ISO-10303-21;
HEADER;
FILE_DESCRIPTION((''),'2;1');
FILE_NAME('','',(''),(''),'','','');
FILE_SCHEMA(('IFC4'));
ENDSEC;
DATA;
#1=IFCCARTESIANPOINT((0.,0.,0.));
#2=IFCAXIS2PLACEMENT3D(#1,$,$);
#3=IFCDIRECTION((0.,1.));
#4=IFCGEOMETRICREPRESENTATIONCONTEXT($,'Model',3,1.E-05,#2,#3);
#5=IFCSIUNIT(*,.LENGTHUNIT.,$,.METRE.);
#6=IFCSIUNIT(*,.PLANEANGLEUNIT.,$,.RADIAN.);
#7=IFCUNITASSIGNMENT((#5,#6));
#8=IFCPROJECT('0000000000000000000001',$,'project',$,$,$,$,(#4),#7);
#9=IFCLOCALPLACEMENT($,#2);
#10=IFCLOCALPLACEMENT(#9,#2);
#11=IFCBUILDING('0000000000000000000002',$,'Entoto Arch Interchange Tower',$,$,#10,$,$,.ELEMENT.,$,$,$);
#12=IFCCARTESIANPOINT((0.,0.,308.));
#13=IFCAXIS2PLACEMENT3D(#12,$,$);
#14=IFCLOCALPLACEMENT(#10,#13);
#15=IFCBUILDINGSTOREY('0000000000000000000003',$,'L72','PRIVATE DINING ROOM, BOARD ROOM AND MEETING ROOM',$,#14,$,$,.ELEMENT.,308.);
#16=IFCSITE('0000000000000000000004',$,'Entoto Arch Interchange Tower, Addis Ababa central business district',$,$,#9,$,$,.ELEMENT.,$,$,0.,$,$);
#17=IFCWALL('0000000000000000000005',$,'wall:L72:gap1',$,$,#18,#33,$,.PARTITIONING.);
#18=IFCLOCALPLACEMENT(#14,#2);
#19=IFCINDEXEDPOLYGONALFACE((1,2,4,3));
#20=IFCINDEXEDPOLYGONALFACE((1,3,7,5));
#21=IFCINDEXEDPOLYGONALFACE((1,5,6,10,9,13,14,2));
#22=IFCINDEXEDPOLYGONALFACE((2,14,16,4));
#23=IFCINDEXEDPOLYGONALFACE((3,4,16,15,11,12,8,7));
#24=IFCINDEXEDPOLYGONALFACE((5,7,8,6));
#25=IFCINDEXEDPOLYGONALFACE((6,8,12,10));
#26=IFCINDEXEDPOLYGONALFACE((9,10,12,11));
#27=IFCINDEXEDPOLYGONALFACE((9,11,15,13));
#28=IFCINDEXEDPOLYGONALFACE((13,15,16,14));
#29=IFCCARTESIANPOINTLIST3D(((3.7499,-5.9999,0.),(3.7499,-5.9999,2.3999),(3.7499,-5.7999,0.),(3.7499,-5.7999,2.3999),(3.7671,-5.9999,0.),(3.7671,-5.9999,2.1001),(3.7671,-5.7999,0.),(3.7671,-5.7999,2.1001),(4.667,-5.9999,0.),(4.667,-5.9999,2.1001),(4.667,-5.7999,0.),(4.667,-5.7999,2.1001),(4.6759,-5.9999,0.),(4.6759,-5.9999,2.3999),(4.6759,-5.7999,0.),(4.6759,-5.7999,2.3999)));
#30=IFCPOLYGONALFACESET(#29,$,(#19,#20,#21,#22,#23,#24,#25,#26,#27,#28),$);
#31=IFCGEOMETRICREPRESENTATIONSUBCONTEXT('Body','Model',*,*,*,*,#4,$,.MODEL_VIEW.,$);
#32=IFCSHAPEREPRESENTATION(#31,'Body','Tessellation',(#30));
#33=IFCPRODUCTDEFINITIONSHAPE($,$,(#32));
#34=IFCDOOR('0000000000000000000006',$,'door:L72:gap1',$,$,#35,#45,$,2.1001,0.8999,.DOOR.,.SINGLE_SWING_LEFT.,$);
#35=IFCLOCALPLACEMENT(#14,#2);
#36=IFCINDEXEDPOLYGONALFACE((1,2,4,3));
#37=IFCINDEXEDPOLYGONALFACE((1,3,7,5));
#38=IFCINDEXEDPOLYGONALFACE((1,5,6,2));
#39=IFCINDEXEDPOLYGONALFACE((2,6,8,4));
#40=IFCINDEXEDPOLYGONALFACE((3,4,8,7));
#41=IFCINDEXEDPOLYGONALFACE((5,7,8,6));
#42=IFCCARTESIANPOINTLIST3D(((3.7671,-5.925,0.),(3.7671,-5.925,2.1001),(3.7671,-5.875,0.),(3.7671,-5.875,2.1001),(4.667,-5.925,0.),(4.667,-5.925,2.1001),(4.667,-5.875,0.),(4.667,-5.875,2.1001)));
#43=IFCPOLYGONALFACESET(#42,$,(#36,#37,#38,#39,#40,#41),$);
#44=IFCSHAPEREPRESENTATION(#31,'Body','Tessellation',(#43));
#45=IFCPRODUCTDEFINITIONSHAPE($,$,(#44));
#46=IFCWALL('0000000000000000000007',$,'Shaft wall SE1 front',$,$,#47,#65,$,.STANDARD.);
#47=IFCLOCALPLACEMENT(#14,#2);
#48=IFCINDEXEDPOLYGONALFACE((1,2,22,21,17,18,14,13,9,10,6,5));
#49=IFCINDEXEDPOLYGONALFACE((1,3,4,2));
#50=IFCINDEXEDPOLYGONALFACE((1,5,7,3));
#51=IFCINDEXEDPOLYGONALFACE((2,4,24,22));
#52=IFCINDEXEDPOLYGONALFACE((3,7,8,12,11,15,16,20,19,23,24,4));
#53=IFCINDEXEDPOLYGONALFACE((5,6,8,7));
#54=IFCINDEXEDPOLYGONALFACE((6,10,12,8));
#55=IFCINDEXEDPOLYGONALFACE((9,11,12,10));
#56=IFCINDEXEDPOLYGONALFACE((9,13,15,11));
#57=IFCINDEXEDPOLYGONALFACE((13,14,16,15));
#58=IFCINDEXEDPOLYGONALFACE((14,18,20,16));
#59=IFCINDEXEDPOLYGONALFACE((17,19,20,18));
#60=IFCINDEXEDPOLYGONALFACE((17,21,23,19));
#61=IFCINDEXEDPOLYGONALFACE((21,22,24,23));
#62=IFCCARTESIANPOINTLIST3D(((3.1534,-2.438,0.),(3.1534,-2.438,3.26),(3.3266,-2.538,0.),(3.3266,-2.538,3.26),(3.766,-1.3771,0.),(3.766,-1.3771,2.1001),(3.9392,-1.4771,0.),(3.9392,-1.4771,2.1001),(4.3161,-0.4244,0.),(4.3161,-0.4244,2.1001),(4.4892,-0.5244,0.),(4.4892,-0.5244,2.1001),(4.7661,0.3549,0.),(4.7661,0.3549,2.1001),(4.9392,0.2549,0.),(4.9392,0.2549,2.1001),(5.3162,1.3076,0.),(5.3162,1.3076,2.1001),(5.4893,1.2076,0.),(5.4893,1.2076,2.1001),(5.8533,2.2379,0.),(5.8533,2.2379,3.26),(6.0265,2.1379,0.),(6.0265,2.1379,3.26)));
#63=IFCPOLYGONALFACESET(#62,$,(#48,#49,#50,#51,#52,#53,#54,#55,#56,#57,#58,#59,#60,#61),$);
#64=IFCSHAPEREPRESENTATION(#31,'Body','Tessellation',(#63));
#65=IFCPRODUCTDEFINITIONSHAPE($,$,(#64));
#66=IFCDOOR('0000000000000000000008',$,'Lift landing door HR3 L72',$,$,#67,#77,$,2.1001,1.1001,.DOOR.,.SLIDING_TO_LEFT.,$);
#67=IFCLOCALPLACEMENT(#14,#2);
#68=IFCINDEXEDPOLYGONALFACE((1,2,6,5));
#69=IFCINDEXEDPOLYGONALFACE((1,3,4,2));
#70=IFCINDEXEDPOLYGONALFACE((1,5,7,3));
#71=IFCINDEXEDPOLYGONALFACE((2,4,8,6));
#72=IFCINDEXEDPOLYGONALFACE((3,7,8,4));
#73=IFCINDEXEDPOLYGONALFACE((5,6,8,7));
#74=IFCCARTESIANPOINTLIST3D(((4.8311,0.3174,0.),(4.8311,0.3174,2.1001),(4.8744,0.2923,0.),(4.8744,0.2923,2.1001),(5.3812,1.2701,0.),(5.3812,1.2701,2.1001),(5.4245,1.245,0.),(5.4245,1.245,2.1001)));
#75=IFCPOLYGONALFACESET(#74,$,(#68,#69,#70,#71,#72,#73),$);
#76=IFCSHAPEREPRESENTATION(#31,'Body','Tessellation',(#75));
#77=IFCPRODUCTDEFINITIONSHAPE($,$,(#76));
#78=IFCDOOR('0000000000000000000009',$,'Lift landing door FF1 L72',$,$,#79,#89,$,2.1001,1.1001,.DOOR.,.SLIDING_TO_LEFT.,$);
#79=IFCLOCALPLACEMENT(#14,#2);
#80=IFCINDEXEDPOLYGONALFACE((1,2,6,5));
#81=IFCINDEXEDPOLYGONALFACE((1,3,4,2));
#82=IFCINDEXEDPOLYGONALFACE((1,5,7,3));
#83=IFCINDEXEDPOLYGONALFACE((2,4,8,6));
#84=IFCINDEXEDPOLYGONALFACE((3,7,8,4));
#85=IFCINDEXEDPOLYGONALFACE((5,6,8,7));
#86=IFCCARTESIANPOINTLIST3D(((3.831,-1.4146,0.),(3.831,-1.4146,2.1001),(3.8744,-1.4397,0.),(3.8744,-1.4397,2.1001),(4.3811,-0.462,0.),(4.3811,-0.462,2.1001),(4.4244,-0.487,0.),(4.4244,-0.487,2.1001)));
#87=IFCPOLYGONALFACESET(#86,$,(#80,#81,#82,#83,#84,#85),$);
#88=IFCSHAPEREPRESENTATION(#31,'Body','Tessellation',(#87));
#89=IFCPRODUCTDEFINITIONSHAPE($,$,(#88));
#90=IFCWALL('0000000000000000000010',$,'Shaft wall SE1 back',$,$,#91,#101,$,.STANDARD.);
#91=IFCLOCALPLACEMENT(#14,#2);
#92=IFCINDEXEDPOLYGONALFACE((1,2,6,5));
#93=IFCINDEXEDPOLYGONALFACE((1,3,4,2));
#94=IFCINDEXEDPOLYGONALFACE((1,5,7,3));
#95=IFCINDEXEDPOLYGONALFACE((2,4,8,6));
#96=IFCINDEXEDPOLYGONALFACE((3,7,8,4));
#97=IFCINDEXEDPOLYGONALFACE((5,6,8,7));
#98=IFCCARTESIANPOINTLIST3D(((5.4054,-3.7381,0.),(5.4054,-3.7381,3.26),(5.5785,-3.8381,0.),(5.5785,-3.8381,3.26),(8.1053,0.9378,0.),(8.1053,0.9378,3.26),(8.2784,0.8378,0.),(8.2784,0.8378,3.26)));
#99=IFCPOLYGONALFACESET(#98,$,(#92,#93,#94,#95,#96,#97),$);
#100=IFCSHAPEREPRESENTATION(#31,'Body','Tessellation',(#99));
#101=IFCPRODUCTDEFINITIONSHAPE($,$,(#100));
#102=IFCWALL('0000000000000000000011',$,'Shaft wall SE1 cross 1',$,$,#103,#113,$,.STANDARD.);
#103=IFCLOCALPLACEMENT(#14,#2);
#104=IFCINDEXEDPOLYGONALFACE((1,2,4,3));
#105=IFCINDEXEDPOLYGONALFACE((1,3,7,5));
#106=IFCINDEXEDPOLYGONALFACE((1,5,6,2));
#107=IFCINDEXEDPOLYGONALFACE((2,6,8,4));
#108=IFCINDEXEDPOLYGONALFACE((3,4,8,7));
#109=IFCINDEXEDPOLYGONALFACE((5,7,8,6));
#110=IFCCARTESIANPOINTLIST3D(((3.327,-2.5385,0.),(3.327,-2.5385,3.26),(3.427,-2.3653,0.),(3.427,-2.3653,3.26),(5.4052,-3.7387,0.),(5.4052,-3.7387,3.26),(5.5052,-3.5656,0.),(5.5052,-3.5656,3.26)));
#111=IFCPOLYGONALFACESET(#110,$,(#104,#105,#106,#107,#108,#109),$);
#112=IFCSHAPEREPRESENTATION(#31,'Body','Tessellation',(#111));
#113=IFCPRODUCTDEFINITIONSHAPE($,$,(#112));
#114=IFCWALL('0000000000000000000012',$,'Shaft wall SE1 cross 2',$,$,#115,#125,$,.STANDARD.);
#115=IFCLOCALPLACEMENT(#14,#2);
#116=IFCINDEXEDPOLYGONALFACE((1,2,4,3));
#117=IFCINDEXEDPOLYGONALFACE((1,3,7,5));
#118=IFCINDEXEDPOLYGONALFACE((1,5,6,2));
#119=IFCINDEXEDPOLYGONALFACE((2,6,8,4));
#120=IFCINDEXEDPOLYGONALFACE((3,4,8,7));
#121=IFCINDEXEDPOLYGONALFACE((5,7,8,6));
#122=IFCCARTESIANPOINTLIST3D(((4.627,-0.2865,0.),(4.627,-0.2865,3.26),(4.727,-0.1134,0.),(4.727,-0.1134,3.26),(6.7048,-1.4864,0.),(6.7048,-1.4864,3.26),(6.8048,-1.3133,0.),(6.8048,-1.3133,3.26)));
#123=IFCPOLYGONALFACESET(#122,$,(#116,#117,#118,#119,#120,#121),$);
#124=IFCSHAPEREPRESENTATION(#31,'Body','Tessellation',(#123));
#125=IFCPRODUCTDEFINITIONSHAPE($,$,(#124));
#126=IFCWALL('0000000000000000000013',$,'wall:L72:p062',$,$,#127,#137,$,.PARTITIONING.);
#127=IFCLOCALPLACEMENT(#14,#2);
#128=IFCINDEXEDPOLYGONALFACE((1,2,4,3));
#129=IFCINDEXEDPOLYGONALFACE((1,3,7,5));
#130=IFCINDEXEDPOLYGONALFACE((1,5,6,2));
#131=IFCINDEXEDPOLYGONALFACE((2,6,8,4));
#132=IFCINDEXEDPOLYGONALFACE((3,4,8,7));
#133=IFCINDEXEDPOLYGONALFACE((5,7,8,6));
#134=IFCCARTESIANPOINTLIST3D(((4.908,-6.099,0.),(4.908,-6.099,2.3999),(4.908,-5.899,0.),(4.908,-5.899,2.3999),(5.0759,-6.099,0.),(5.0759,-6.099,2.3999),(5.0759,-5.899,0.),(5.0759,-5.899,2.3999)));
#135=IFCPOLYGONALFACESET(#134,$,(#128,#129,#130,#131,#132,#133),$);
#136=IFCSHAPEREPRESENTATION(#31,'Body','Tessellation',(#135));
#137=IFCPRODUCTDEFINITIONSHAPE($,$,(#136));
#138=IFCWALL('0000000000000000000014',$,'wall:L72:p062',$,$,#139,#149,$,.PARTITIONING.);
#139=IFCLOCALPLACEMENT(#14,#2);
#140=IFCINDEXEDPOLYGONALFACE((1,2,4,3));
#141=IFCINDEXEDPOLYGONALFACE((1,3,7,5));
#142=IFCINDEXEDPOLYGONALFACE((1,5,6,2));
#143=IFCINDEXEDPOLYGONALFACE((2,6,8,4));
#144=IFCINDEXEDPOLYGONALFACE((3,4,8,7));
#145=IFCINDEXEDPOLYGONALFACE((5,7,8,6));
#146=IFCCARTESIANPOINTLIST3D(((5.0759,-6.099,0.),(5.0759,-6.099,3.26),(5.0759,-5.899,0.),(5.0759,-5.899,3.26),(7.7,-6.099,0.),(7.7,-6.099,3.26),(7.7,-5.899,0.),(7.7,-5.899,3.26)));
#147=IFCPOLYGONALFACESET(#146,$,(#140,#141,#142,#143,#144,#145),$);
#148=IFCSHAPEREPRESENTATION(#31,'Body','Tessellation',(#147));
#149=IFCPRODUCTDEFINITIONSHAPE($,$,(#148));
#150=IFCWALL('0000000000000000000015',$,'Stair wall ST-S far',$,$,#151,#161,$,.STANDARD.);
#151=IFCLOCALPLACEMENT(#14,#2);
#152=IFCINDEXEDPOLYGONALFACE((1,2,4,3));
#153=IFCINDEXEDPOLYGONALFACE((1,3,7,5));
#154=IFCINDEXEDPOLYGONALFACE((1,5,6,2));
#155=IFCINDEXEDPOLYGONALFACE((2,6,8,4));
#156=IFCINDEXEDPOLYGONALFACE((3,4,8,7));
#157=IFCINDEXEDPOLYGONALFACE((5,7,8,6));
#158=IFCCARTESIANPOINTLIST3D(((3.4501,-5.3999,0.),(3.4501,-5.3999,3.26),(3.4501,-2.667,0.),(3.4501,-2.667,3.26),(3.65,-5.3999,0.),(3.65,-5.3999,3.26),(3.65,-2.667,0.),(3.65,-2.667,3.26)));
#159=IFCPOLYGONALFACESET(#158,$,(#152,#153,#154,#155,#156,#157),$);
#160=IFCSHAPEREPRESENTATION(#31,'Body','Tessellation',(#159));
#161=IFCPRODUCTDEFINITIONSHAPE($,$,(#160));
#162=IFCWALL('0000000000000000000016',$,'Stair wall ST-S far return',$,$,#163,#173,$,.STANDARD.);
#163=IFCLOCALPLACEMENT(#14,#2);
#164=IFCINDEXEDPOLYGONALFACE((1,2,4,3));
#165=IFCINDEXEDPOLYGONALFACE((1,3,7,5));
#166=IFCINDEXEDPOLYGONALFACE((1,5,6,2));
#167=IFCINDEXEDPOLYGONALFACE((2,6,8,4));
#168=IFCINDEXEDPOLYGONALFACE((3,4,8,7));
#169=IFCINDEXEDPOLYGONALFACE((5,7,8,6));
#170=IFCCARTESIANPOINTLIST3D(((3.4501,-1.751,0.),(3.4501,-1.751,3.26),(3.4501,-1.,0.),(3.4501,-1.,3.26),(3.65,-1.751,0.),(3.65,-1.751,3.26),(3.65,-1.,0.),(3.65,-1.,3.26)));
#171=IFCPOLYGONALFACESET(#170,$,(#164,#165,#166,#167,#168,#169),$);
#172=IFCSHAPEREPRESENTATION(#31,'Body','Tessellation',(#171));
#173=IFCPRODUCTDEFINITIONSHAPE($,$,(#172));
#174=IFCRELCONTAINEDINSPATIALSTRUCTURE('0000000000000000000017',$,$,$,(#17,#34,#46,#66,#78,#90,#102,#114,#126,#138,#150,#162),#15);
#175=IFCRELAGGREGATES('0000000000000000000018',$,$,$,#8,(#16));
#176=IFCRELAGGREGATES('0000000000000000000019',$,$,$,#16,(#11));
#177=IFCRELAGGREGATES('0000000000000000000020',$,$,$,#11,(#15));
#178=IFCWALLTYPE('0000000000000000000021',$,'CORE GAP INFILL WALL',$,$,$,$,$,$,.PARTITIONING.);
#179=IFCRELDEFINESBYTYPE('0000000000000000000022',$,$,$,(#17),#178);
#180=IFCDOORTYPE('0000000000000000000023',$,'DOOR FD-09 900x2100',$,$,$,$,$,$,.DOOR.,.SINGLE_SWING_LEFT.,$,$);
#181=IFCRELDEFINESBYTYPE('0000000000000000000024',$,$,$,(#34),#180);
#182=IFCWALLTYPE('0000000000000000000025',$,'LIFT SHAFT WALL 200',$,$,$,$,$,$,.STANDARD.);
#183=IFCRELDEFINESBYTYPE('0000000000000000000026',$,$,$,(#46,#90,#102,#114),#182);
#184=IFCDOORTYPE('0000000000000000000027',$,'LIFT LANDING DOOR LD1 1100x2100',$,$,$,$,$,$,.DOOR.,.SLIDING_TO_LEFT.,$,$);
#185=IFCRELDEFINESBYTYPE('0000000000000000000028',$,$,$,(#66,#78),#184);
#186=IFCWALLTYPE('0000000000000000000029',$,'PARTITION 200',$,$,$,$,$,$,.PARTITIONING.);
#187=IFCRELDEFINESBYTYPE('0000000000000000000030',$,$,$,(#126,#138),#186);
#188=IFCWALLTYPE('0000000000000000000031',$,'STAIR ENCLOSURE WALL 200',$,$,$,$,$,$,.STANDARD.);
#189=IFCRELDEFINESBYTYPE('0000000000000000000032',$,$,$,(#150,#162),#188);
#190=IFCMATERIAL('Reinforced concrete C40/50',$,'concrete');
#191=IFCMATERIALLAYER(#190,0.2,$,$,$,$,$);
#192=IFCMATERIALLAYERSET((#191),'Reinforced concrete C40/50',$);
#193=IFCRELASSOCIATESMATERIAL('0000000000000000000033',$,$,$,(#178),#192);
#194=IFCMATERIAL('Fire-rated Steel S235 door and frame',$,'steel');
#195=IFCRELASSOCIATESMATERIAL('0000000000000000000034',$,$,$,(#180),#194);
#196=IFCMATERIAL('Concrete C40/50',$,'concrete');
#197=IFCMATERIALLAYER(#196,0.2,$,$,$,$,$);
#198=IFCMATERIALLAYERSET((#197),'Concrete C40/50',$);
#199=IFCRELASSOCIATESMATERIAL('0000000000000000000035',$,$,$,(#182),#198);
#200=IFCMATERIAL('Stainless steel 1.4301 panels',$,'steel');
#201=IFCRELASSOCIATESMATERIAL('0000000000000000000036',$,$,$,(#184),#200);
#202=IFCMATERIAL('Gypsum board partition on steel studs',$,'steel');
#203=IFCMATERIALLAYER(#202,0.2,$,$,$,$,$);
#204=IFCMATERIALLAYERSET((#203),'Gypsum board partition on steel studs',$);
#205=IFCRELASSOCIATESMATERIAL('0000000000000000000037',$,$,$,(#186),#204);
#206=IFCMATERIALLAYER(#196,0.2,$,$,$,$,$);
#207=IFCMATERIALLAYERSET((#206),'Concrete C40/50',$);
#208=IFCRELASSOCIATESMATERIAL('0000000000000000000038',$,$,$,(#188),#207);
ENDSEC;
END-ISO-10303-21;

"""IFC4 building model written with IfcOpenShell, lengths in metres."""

from ifc_helpers import new_model, si_unit, direction, frame, frame_2d, origin, place, context, subcontext, project, spatial, rectangle, extrude, material, layer, layer_set, type_object, element, fill, save


model = new_model("IFC4")

# Units and contexts
model_context = context("Model", 3, precision=1e-05, world=origin(), true_north=direction((0.0, 1.0)))
body_context = subcontext(model_context, "Body", "Model", "MODEL_VIEW")
ifc_project = project(units=[si_unit("LENGTHUNIT", "METRE"), si_unit("PLANEANGLEUNIT", "RADIAN")], contexts=[model_context])

# Site, building, storey
site_placement = place(None, origin())
site = spatial("IfcSite", under=ifc_project, at=site_placement, Name="Entoto Arch Interchange Tower, Addis Ababa central business district", CompositionType="ELEMENT", RefElevation=0.0)
building_placement = place(site_placement, origin())
building = spatial("IfcBuilding", under=site, at=building_placement, Name="Entoto Arch Interchange Tower", CompositionType="ELEMENT")
storey_placement = place(building_placement, frame((0.0, 0.0, 308.0)))
storey = spatial("IfcBuildingStorey", under=building, at=storey_placement, Name="L72", Description="PRIVATE DINING ROOM, BOARD ROOM AND MEETING ROOM", CompositionType="ELEMENT", Elevation=308.0)

# Shared definitions
ifc_material_1 = material(Name="Concrete C40/50", Category="concrete")

# Wall, opening, door
ifc_material_2 = material(Name="Reinforced concrete C40/50", Category="concrete")
ifc_layer_1 = layer(ifc_material_2, 0.2)
ifc_layer_set_1 = layer_set([ifc_layer_1], Name="Reinforced concrete C40/50")
wall_type_1 = type_object("IfcWallType", Name="CORE GAP INFILL WALL", PredefinedType="PARTITIONING", material=ifc_layer_set_1)
wall_1_placement = place(storey_placement, frame((3.75, -5.8999, 0.0), z_axis=(0.0, 0.0, 1.0), x_axis=(1.0, 0.0, 0.0)))
wall_1 = element("IfcWall", 1, at=wall_1_placement, inside=storey, type_object=wall_type_1, Name="wall:L72:gap1", PredefinedType="PARTITIONING", context=body_context, shape_type="SweptSolid", body=[
    extrude(rectangle(XDim=0.926, YDim=0.2, at=frame_2d((0.4629, 0.0))), origin(), (0.0, 0.0, 1.0), 2.3999),
])
opening_1_placement = place(wall_1_placement, frame((0.0171, 0.0, 0.0)))
opening_1 = element("IfcOpeningElement", 2, at=opening_1_placement, cuts=wall_1, PredefinedType="OPENING", context=body_context, shape_type="SweptSolid", body=[
    extrude(rectangle(XDim=0.8999, YDim=2.1001, at=frame_2d((0.45, 1.05))), frame((0.0, 0.1099, 0.0), z_axis=(0.0, -1.0, 0.0), x_axis=(1.0, 0.0, 0.0)), (0.0, 0.0, 1.0), 0.22),
])
ifc_material_3 = material(Name="Fire-rated Steel S235 door and frame", Category="steel")
door_type_1 = type_object("IfcDoorType", Name="DOOR FD-09 900x2100", OperationType="SINGLE_SWING_LEFT", PredefinedType="DOOR", material=ifc_material_3)
door_1_placement = place(opening_1_placement, origin())
door_1 = element("IfcDoor", 3, at=door_1_placement, inside=storey, type_object=door_type_1, Name="door:L72:gap1", OperationType="SINGLE_SWING_LEFT", OverallHeight=2.1001, OverallWidth=0.8999, PredefinedType="DOOR", context=body_context, shape_type="SweptSolid", body=[
    extrude(rectangle(XDim=0.8999, YDim=2.1001, at=frame_2d((0.45, 1.05))), frame((0.0, 0.0249, 0.0), z_axis=(0.0, -1.0, 0.0), x_axis=(1.0, 0.0, 0.0)), (0.0, 0.0, 1.0), 0.05),
])
fill(opening_1, door_1)

# Wall, openings, doors
ifc_layer_2 = layer(ifc_material_1, 0.2)
ifc_layer_set_2 = layer_set([ifc_layer_2], Name="Concrete C40/50")
wall_type_2 = type_object("IfcWallType", Name="LIFT SHAFT WALL 200", PredefinedType="STANDARD", material=ifc_layer_set_2)
wall_2_placement = place(storey_placement, frame((3.24, -2.488, 0.0), z_axis=(0.0, 0.0, 1.0), x_axis=(0.500034, 0.866006, 0.0)))
wall_2 = element("IfcWall", 4, at=wall_2_placement, inside=storey, type_object=wall_type_2, Name="Shaft wall SE1 front", PredefinedType="STANDARD", context=body_context, shape_type="SweptSolid", body=[
    extrude(rectangle(XDim=5.3994, YDim=0.2, at=frame_2d((2.6997, 0.0))), origin(), (0.0, 0.0, 1.0), 3.26),
])
opening_2_placement = place(wall_2_placement, frame((3.2251, 0.0, 0.0)))
opening_2 = element("IfcOpeningElement", 5, at=opening_2_placement, cuts=wall_2, PredefinedType="OPENING", context=body_context, shape_type="SweptSolid", body=[
    extrude(rectangle(XDim=1.1001, YDim=2.1001, at=frame_2d((0.55, 1.05))), frame((0.0, 0.1099, 0.0), z_axis=(0.0, -1.0, 0.0), x_axis=(1.0, 0.0, 0.0)), (0.0, 0.0, 1.0), 0.22),
])
opening_3_placement = place(wall_2_placement, frame((1.2251, 0.0, 0.0)))
opening_3 = element("IfcOpeningElement", 6, at=opening_3_placement, cuts=wall_2, PredefinedType="OPENING", context=body_context, shape_type="SweptSolid", body=[
    extrude(rectangle(XDim=1.1001, YDim=2.1001, at=frame_2d((0.55, 1.05))), frame((0.0, 0.1099, 0.0), z_axis=(0.0, -1.0, 0.0), x_axis=(1.0, 0.0, 0.0)), (0.0, 0.0, 1.0), 0.22),
])
ifc_material_4 = material(Name="Stainless steel 1.4301 panels", Category="steel")
door_type_2 = type_object("IfcDoorType", Name="LIFT LANDING DOOR LD1 1100x2100", OperationType="SLIDING_TO_LEFT", PredefinedType="DOOR", material=ifc_material_4)
door_2_placement = place(opening_2_placement, origin())
door_2 = element("IfcDoor", 7, at=door_2_placement, inside=storey, type_object=door_type_2, Name="Lift landing door HR3 L72", OperationType="SLIDING_TO_LEFT", OverallHeight=2.1001, OverallWidth=1.1001, PredefinedType="DOOR", context=body_context, shape_type="SweptSolid", body=[
    extrude(rectangle(XDim=1.1001, YDim=2.1001, at=frame_2d((0.55, 1.05))), frame((0.0, 0.0249, 0.0), z_axis=(0.0, -1.0, 0.0), x_axis=(1.0, 0.0, 0.0)), (0.0, 0.0, 1.0), 0.05),
])
fill(opening_2, door_2)
door_3_placement = place(opening_3_placement, origin())
door_3 = element("IfcDoor", 8, at=door_3_placement, inside=storey, type_object=door_type_2, Name="Lift landing door FF1 L72", OperationType="SLIDING_TO_LEFT", OverallHeight=2.1001, OverallWidth=1.1001, PredefinedType="DOOR", context=body_context, shape_type="SweptSolid", body=[
    extrude(rectangle(XDim=1.1001, YDim=2.1001, at=frame_2d((0.55, 1.05))), frame((0.0, 0.0249, 0.0), z_axis=(0.0, -1.0, 0.0), x_axis=(1.0, 0.0, 0.0)), (0.0, 0.0, 1.0), 0.05),
])
fill(opening_3, door_3)

# Walls
wall_3_placement = place(storey_placement, frame((5.4919, -3.7881, 0.0), z_axis=(0.0, 0.0, 1.0), x_axis=(0.500034, 0.866006, 0.0)))
element("IfcWall", 9, at=wall_3_placement, inside=storey, type_object=wall_type_2, Name="Shaft wall SE1 back", PredefinedType="STANDARD", context=body_context, shape_type="SweptSolid", body=[
    extrude(rectangle(XDim=5.3994, YDim=0.2, at=frame_2d((2.6997, 0.0))), origin(), (0.0, 0.0, 1.0), 3.26),
])
wall_4_placement = place(storey_placement, frame((3.377, -2.4519, 0.0), z_axis=(0.0, 0.0, 1.0), x_axis=(0.865955, -0.500122, 0.0)))
element("IfcWall", 10, at=wall_4_placement, inside=storey, type_object=wall_type_2, Name="Shaft wall SE1 cross 1", PredefinedType="STANDARD", context=body_context, shape_type="SweptSolid", body=[
    extrude(rectangle(XDim=2.3999, YDim=0.2, at=frame_2d((1.2, 0.0))), origin(), (0.0, 0.0, 1.0), 3.26),
])
wall_5_placement = place(storey_placement, frame((4.677, -0.2, 0.0), z_axis=(0.0, 0.0, 1.0), x_axis=(0.865974, -0.500089, 0.0)))
element("IfcWall", 11, at=wall_5_placement, inside=storey, type_object=wall_type_2, Name="Shaft wall SE1 cross 2", PredefinedType="STANDARD", context=body_context, shape_type="SweptSolid", body=[
    extrude(rectangle(XDim=2.3994, YDim=0.2, at=frame_2d((1.1997, 0.0))), origin(), (0.0, 0.0, 1.0), 3.26),
])
ifc_material_5 = material(Name="Gypsum board partition on steel studs", Category="steel")
ifc_layer_3 = layer(ifc_material_5, 0.2)
ifc_layer_set_3 = layer_set([ifc_layer_3], Name="Gypsum board partition on steel studs")
wall_type_3 = type_object("IfcWallType", Name="PARTITION 200", PredefinedType="PARTITIONING", material=ifc_layer_set_3)
wall_6_placement = place(storey_placement, frame((4.908, -5.999, 0.0), z_axis=(0.0, 0.0, 1.0), x_axis=(1.0, 0.0, 0.0)))
element("IfcWall", 12, at=wall_6_placement, inside=storey, type_object=wall_type_3, Name="wall:L72:p062", PredefinedType="PARTITIONING", context=body_context, shape_type="SweptSolid", body=[
    extrude(rectangle(XDim=0.168, YDim=0.2, at=frame_2d((0.084, 0.0))), origin(), (0.0, 0.0, 1.0), 2.3999),
])
wall_7_placement = place(storey_placement, frame((5.0759, -5.999, 0.0), z_axis=(0.0, 0.0, 1.0), x_axis=(1.0, 0.0, 0.0)))
element("IfcWall", 13, at=wall_7_placement, inside=storey, type_object=wall_type_3, Name="wall:L72:p062", PredefinedType="PARTITIONING", context=body_context, shape_type="SweptSolid", body=[
    extrude(rectangle(XDim=2.624, YDim=0.2, at=frame_2d((1.312, 0.0))), origin(), (0.0, 0.0, 1.0), 3.26),
])
ifc_layer_4 = layer(ifc_material_1, 0.2)
ifc_layer_set_4 = layer_set([ifc_layer_4], Name="Concrete C40/50")
wall_type_4 = type_object("IfcWallType", Name="STAIR ENCLOSURE WALL 200", PredefinedType="STANDARD", material=ifc_layer_set_4)
wall_8_placement = place(storey_placement, frame((3.55, -2.667, 0.0), z_axis=(0.0, 0.0, 1.0), x_axis=(0.0, -1.0, 0.0)))
element("IfcWall", 14, at=wall_8_placement, inside=storey, type_object=wall_type_4, Name="Stair wall ST-S far", PredefinedType="STANDARD", context=body_context, shape_type="SweptSolid", body=[
    extrude(rectangle(XDim=2.7329, YDim=0.2, at=frame_2d((1.3665, 0.0))), origin(), (0.0, 0.0, 1.0), 3.26),
])
wall_9_placement = place(storey_placement, frame((3.55, -1.0, 0.0), z_axis=(0.0, 0.0, 1.0), x_axis=(0.0, -1.0, 0.0)))
element("IfcWall", 15, at=wall_9_placement, inside=storey, type_object=wall_type_4, Name="Stair wall ST-S far return", PredefinedType="STANDARD", context=body_context, shape_type="SweptSolid", body=[
    extrude(rectangle(XDim=0.751, YDim=0.2, at=frame_2d((0.3755, 0.0))), origin(), (0.0, 0.0, 1.0), 3.26),
])

save(model, "model.ifc")
